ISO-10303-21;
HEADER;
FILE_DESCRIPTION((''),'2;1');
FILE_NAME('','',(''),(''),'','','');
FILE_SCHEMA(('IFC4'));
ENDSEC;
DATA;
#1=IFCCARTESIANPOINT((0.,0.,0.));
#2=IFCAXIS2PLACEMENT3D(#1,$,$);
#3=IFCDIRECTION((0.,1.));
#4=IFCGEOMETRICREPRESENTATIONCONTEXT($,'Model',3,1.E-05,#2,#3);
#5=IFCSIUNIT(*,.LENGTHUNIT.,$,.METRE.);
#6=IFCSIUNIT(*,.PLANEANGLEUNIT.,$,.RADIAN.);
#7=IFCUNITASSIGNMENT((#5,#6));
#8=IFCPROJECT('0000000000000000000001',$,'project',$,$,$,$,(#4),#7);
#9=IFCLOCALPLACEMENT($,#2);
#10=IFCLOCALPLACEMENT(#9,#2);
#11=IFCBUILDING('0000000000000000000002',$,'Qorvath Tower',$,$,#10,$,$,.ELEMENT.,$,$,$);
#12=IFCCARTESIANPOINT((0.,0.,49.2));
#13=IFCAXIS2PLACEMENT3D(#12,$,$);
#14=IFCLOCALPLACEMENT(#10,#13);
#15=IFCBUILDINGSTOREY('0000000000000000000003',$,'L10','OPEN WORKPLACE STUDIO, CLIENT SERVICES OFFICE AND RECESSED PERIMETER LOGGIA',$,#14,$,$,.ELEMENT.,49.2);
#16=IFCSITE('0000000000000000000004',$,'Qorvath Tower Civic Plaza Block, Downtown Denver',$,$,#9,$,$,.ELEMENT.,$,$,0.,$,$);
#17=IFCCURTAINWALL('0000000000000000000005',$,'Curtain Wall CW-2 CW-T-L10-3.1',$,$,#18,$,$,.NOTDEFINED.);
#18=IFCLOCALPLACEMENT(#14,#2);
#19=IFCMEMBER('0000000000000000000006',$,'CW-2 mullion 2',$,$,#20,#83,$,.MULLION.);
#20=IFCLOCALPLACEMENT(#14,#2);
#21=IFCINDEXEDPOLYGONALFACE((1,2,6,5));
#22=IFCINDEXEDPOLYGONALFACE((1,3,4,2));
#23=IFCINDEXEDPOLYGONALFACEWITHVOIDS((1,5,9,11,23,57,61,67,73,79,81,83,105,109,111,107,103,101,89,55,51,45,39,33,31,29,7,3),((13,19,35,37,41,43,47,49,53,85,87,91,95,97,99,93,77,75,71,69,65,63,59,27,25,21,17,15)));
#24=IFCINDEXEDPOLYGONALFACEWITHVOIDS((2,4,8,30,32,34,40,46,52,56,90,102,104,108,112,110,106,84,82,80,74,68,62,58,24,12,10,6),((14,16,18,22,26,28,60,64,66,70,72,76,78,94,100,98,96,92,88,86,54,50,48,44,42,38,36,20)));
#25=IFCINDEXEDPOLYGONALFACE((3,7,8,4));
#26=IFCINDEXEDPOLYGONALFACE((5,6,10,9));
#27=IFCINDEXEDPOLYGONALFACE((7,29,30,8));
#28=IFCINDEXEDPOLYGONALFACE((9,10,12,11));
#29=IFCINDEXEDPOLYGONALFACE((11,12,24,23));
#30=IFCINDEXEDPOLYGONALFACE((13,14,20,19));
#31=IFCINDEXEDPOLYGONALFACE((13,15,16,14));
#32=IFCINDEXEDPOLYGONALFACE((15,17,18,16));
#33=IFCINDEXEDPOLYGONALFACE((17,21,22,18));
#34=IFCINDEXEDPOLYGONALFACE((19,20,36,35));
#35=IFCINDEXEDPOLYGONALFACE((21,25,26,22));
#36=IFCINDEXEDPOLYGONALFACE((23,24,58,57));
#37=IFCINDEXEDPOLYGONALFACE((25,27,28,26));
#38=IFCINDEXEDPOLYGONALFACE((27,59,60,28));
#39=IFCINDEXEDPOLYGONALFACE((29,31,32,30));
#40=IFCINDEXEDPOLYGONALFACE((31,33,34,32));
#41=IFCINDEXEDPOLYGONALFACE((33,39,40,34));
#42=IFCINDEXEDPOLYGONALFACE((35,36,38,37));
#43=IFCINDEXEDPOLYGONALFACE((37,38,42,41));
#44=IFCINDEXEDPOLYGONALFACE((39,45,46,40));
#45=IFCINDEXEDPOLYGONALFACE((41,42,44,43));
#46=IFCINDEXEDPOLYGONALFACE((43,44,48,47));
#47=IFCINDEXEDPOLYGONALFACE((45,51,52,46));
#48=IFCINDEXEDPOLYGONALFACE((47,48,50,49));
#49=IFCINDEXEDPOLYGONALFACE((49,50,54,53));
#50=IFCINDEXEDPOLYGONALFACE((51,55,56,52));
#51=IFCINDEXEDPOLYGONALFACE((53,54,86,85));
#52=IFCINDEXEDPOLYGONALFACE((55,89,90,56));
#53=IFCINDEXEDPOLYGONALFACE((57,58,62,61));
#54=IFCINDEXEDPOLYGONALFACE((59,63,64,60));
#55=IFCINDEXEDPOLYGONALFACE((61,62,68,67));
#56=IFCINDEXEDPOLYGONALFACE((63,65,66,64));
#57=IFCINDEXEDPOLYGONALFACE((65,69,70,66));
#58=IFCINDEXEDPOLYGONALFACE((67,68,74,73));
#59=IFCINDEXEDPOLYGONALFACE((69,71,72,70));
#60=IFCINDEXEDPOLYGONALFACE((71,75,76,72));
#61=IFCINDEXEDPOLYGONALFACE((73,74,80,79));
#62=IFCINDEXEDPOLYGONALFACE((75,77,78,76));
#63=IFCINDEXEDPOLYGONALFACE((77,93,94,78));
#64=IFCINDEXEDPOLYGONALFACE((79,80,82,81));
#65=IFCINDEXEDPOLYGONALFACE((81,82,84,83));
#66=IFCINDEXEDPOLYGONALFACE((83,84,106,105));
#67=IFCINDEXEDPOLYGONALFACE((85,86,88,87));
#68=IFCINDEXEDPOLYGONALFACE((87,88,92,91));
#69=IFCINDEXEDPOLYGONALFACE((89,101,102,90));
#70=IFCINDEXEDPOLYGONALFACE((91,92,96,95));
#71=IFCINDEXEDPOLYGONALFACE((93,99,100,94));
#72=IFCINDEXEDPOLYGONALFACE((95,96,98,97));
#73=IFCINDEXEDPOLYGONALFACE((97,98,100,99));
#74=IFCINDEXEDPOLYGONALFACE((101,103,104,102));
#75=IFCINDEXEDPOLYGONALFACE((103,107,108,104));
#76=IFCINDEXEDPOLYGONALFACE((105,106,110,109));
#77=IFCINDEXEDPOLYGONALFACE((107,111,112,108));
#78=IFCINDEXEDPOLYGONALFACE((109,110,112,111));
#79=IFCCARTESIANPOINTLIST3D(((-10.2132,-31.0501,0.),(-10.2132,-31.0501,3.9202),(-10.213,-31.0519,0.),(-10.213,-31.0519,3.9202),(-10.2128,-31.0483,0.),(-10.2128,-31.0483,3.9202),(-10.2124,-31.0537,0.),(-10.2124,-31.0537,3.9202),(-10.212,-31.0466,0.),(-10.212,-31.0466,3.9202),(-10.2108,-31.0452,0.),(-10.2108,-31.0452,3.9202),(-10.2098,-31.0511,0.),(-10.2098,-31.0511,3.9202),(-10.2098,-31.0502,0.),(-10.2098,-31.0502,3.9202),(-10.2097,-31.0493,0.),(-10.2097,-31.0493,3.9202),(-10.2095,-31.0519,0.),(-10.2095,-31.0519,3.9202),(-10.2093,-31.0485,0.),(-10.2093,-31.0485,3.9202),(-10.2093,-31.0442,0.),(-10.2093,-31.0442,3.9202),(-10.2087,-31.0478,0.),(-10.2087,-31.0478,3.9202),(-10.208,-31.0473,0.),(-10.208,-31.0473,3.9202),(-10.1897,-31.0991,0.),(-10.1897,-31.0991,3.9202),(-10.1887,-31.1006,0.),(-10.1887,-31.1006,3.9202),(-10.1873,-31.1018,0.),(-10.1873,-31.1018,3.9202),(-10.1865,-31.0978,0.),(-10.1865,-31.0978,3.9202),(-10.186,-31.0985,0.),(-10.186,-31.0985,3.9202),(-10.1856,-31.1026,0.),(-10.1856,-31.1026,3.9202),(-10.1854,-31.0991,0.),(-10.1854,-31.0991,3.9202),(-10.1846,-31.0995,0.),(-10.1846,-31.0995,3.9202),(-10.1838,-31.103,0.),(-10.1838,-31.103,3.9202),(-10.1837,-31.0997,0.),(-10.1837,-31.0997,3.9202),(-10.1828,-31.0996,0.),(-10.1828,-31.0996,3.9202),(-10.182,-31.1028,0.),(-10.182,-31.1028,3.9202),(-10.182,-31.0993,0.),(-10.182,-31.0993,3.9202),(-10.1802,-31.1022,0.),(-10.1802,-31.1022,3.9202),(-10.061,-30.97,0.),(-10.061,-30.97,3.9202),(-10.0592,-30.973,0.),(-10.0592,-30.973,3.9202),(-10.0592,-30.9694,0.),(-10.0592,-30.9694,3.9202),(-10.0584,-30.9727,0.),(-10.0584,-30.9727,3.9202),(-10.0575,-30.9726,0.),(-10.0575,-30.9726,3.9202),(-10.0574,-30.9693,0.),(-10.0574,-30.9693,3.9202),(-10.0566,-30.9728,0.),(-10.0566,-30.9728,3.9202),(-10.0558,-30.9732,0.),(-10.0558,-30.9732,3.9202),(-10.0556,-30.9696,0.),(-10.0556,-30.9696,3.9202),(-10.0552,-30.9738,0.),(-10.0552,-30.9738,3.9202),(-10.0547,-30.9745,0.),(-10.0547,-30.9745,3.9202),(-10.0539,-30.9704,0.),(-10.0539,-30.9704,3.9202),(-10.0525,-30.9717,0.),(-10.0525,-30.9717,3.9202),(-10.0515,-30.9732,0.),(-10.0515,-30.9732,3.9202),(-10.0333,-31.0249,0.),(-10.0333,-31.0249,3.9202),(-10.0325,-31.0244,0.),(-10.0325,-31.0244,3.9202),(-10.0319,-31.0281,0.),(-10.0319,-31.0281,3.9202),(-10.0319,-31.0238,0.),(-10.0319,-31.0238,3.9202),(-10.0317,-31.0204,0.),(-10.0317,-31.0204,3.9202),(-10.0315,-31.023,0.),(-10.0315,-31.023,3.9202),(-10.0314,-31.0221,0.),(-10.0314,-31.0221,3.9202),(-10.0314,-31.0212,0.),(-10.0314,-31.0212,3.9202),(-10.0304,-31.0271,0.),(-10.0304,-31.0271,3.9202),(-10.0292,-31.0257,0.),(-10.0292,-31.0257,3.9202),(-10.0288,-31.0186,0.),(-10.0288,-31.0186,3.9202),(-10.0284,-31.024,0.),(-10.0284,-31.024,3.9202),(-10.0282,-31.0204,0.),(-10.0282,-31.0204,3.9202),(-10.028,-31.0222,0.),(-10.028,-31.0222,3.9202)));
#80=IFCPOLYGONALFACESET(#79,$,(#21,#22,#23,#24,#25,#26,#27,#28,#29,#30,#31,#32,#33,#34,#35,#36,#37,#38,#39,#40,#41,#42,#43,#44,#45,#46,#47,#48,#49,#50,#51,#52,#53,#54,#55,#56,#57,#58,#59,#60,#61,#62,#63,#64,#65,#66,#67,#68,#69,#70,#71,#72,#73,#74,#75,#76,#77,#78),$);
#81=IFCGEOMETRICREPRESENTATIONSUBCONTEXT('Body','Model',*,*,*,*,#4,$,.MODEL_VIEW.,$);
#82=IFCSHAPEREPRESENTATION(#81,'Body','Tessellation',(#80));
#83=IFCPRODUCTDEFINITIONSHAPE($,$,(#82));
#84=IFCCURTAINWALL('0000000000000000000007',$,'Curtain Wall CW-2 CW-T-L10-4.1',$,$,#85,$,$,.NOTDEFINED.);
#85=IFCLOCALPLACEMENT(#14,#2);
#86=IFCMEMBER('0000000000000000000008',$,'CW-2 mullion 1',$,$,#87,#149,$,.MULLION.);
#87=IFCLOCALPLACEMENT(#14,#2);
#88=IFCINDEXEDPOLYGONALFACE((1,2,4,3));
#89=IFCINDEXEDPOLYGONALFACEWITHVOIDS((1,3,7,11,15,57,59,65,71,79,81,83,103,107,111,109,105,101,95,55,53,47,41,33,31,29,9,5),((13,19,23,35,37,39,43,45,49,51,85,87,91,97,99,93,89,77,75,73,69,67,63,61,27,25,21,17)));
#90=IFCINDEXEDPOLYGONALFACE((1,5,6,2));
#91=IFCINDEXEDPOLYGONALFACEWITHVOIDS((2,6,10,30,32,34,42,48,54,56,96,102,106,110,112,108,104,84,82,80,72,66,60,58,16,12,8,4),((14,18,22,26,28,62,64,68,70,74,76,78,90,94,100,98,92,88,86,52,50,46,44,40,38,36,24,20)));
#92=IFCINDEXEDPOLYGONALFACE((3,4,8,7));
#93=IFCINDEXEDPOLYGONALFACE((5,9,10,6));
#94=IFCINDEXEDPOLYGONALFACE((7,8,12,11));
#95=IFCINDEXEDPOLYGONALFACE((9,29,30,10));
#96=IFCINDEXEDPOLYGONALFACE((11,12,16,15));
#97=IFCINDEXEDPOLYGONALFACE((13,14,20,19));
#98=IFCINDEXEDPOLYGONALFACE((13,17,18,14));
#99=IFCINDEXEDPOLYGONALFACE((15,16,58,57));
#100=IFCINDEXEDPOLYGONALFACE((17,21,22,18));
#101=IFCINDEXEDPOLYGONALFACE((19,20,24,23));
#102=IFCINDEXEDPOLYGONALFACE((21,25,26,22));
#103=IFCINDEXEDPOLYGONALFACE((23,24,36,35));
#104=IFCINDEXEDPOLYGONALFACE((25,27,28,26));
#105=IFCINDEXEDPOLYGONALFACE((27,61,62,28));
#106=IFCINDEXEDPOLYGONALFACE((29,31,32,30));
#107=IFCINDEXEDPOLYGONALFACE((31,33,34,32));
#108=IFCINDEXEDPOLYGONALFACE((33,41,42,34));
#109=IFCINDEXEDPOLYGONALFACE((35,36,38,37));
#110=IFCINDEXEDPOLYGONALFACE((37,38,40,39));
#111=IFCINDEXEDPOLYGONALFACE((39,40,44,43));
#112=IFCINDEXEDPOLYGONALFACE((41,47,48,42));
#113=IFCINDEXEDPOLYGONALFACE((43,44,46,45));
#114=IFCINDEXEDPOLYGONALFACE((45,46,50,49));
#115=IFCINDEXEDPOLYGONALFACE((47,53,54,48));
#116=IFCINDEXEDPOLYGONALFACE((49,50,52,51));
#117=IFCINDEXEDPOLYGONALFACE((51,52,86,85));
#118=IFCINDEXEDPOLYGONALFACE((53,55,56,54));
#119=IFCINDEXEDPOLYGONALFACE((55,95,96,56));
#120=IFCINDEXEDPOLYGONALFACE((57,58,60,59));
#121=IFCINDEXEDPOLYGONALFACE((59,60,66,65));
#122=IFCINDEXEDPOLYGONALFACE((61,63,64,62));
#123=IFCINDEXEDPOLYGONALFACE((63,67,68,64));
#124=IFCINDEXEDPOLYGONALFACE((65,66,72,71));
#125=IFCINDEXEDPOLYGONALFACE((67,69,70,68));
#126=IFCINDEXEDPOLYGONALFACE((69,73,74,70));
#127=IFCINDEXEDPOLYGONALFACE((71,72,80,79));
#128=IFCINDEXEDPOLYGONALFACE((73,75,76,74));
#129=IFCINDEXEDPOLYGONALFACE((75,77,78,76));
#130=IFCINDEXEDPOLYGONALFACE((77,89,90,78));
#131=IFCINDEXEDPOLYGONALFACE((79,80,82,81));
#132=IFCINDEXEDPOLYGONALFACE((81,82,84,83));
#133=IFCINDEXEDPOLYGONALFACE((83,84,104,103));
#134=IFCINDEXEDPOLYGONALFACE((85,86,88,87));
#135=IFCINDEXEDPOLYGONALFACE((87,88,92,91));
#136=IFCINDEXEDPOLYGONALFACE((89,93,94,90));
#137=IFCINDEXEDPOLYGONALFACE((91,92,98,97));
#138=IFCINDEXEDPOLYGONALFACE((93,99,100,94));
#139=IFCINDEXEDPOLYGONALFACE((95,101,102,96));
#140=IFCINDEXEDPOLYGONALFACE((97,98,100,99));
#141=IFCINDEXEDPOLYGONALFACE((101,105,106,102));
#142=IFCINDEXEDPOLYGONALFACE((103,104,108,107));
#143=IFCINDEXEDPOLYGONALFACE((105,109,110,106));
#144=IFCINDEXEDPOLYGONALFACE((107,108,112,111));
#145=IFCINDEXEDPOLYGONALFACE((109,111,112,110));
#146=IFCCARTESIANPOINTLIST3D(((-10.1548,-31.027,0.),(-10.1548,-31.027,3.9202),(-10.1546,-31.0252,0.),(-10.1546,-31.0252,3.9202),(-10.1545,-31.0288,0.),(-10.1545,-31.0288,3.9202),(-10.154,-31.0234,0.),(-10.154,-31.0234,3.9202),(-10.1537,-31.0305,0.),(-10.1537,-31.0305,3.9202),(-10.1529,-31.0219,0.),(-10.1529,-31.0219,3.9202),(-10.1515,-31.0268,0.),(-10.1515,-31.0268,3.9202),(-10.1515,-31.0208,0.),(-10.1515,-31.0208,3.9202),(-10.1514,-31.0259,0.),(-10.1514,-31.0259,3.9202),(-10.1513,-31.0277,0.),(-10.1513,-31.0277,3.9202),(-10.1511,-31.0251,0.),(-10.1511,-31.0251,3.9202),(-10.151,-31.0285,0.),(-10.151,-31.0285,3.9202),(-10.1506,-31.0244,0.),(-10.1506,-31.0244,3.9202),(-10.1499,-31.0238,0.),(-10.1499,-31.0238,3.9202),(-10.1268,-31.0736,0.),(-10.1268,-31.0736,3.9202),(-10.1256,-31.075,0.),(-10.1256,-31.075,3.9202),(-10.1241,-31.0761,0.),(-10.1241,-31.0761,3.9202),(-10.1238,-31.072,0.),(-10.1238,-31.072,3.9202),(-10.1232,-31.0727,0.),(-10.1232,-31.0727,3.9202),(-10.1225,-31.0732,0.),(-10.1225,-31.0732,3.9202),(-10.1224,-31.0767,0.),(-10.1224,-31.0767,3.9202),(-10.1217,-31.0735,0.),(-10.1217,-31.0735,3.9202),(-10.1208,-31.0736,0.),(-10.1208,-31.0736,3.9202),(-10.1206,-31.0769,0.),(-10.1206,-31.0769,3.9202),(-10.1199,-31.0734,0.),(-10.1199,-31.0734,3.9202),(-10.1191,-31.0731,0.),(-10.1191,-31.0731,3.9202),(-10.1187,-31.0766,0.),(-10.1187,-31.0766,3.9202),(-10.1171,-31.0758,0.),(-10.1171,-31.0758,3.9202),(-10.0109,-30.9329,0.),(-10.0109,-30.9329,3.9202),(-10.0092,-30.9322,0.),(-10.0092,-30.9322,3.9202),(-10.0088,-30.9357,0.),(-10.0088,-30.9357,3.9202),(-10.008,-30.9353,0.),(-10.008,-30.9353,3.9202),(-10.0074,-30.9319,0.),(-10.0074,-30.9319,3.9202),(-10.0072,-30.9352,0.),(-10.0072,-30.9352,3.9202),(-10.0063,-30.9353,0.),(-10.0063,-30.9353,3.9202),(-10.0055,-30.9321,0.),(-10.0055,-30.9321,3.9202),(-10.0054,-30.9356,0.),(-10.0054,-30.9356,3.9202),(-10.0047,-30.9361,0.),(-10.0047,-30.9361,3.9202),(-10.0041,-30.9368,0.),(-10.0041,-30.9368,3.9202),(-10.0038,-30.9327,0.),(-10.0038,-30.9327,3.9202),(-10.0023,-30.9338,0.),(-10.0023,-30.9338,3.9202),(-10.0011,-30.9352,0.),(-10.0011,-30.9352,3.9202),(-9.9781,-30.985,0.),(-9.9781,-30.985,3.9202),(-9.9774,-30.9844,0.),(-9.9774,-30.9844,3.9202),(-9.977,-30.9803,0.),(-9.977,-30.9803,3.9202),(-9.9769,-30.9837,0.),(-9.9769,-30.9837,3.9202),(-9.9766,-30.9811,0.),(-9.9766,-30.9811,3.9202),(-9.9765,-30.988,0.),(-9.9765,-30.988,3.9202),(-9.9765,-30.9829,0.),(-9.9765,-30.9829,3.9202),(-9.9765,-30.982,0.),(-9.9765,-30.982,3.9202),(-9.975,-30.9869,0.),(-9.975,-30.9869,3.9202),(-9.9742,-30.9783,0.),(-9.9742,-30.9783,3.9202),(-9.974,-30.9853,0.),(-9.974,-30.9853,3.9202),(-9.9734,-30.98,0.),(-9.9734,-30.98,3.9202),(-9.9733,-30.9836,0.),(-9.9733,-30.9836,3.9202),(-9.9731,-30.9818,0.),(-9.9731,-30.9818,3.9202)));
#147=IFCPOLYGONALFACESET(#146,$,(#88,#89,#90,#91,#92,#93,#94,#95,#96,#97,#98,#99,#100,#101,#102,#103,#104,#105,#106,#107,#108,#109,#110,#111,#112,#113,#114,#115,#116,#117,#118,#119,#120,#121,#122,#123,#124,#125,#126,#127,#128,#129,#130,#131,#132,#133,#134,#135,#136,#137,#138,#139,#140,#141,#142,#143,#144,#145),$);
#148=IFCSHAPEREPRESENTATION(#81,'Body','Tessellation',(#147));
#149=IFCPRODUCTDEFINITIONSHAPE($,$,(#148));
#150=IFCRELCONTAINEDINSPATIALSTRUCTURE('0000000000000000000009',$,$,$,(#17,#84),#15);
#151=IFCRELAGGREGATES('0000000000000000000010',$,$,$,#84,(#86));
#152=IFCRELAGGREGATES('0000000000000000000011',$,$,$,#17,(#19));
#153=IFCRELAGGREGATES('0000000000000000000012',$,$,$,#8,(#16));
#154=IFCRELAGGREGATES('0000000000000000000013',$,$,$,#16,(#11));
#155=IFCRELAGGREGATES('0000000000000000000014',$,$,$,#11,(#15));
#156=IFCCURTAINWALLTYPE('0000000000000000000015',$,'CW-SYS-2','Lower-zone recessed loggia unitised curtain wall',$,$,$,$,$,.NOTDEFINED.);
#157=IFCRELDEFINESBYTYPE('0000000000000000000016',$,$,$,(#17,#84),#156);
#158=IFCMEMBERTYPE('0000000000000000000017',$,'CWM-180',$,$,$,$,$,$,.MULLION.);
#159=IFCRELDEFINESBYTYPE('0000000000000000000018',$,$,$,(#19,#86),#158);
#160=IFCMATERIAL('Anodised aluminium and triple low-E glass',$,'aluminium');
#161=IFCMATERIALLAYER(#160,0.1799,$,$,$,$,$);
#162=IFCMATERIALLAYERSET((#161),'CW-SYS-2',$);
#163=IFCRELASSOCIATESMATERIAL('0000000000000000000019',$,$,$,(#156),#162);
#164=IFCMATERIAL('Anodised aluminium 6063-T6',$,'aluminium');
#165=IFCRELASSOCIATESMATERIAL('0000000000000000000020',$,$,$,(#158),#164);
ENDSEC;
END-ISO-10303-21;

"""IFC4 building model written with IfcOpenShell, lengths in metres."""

from ifc_helpers import new_model, si_unit, direction, frame, origin, origin_2d, place, context, subcontext, project, spatial, hollow_rectangle, extrude, material, layer, layer_set, material_profile, profile_set, type_object, element, aggregate, save


model = new_model("IFC4")

# Units and contexts
model_context = context("Model", 3, precision=1e-05, world=origin(), true_north=direction((0.0, 1.0)))
body_context = subcontext(model_context, "Body", "Model", "MODEL_VIEW")
ifc_project = project(units=[si_unit("LENGTHUNIT", "METRE"), si_unit("PLANEANGLEUNIT", "RADIAN")], contexts=[model_context])

# Site, building, storey
site_placement = place(None, origin())
site = spatial("IfcSite", under=ifc_project, at=site_placement, Name="Qorvath Tower Civic Plaza Block, Downtown Denver", CompositionType="ELEMENT", RefElevation=0.0)
building_placement = place(site_placement, origin())
building = spatial("IfcBuilding", under=site, at=building_placement, Name="Qorvath Tower", CompositionType="ELEMENT")
storey_placement = place(building_placement, frame((0.0, 0.0, 49.2)))
storey = spatial("IfcBuildingStorey", under=building, at=storey_placement, Name="L10", Description="OPEN WORKPLACE STUDIO, CLIENT SERVICES OFFICE AND RECESSED PERIMETER LOGGIA", CompositionType="ELEMENT", Elevation=49.2)

# Curtain wall, member
ifc_material_1 = material(Name="Anodised aluminium and triple low-E glass", Category="aluminium")
ifc_layer_1 = layer(ifc_material_1, 0.1799)
ifc_layer_set_1 = layer_set([ifc_layer_1], Name="CW-SYS-2")
curtain_wall_type = type_object("IfcCurtainWallType", Name="CW-SYS-2", Description="Lower-zone recessed loggia unitised curtain wall", PredefinedType="NOTDEFINED", material=ifc_layer_set_1)
ifc_material_2 = material(Name="Anodised aluminium 6063-T6", Category="aluminium")
ifc_material_profile_1 = material_profile(ifc_material_2, hollow_rectangle(XDim=0.0649, YDim=0.1799, WallThickness=0.0034, InnerFilletRadius=0.0034, OuterFilletRadius=0.0071, at=origin_2d()), Name="CWM 180x65")
ifc_profile_set_1 = profile_set([ifc_material_profile_1], Name="Anodised aluminium 6063-T6")
member_type_1 = type_object("IfcMemberType", Name="CWM-180", PredefinedType="MULLION", material=ifc_profile_set_1)
curtain_wall_1_placement = place(storey_placement, origin())
curtain_wall_1 = element("IfcCurtainWall", 1, at=curtain_wall_1_placement, inside=storey, type_object=curtain_wall_type, Name="Curtain Wall CW-2 CW-T-L10-3.1", PredefinedType="NOTDEFINED")
member_1_placement = place(storey_placement, frame((-10.1206, -31.0361, 0.0), z_axis=(0.0, 0.0, 1.0), x_axis=(-0.447259, 0.894405, 0.0)))
member_1 = element("IfcMember", 2, at=member_1_placement, type_object=member_type_1, Name="CW-2 mullion 2", PredefinedType="MULLION", context=body_context, shape_type="SweptSolid", body=[
    extrude(hollow_rectangle(XDim=0.0649, YDim=0.1799, WallThickness=0.0034, InnerFilletRadius=0.0034, OuterFilletRadius=0.0071, at=origin_2d()), origin(), (0.0, 0.0, 1.0), 3.9202),
])

# Curtain wall, member
curtain_wall_2_placement = place(storey_placement, origin())
curtain_wall_2 = element("IfcCurtainWall", 3, at=curtain_wall_2_placement, inside=storey, type_object=curtain_wall_type, Name="Curtain Wall CW-2 CW-T-L10-4.1", PredefinedType="NOTDEFINED")
member_2_placement = place(storey_placement, frame((-10.064, -31.0044, 0.0), z_axis=(0.0, 0.0, 1.0), x_axis=(-0.529724, 0.84817, 0.0)))
member_2 = element("IfcMember", 4, at=member_2_placement, type_object=member_type_1, Name="CW-2 mullion 1", PredefinedType="MULLION", context=body_context, shape_type="SweptSolid", body=[
    extrude(hollow_rectangle(XDim=0.0649, YDim=0.1799, WallThickness=0.0034, InnerFilletRadius=0.0034, OuterFilletRadius=0.0071, at=origin_2d()), origin(), (0.0, 0.0, 1.0), 3.9202),
])

aggregate(curtain_wall_2, [member_2])

aggregate(curtain_wall_1, [member_1])

save(model, "model.ifc")
